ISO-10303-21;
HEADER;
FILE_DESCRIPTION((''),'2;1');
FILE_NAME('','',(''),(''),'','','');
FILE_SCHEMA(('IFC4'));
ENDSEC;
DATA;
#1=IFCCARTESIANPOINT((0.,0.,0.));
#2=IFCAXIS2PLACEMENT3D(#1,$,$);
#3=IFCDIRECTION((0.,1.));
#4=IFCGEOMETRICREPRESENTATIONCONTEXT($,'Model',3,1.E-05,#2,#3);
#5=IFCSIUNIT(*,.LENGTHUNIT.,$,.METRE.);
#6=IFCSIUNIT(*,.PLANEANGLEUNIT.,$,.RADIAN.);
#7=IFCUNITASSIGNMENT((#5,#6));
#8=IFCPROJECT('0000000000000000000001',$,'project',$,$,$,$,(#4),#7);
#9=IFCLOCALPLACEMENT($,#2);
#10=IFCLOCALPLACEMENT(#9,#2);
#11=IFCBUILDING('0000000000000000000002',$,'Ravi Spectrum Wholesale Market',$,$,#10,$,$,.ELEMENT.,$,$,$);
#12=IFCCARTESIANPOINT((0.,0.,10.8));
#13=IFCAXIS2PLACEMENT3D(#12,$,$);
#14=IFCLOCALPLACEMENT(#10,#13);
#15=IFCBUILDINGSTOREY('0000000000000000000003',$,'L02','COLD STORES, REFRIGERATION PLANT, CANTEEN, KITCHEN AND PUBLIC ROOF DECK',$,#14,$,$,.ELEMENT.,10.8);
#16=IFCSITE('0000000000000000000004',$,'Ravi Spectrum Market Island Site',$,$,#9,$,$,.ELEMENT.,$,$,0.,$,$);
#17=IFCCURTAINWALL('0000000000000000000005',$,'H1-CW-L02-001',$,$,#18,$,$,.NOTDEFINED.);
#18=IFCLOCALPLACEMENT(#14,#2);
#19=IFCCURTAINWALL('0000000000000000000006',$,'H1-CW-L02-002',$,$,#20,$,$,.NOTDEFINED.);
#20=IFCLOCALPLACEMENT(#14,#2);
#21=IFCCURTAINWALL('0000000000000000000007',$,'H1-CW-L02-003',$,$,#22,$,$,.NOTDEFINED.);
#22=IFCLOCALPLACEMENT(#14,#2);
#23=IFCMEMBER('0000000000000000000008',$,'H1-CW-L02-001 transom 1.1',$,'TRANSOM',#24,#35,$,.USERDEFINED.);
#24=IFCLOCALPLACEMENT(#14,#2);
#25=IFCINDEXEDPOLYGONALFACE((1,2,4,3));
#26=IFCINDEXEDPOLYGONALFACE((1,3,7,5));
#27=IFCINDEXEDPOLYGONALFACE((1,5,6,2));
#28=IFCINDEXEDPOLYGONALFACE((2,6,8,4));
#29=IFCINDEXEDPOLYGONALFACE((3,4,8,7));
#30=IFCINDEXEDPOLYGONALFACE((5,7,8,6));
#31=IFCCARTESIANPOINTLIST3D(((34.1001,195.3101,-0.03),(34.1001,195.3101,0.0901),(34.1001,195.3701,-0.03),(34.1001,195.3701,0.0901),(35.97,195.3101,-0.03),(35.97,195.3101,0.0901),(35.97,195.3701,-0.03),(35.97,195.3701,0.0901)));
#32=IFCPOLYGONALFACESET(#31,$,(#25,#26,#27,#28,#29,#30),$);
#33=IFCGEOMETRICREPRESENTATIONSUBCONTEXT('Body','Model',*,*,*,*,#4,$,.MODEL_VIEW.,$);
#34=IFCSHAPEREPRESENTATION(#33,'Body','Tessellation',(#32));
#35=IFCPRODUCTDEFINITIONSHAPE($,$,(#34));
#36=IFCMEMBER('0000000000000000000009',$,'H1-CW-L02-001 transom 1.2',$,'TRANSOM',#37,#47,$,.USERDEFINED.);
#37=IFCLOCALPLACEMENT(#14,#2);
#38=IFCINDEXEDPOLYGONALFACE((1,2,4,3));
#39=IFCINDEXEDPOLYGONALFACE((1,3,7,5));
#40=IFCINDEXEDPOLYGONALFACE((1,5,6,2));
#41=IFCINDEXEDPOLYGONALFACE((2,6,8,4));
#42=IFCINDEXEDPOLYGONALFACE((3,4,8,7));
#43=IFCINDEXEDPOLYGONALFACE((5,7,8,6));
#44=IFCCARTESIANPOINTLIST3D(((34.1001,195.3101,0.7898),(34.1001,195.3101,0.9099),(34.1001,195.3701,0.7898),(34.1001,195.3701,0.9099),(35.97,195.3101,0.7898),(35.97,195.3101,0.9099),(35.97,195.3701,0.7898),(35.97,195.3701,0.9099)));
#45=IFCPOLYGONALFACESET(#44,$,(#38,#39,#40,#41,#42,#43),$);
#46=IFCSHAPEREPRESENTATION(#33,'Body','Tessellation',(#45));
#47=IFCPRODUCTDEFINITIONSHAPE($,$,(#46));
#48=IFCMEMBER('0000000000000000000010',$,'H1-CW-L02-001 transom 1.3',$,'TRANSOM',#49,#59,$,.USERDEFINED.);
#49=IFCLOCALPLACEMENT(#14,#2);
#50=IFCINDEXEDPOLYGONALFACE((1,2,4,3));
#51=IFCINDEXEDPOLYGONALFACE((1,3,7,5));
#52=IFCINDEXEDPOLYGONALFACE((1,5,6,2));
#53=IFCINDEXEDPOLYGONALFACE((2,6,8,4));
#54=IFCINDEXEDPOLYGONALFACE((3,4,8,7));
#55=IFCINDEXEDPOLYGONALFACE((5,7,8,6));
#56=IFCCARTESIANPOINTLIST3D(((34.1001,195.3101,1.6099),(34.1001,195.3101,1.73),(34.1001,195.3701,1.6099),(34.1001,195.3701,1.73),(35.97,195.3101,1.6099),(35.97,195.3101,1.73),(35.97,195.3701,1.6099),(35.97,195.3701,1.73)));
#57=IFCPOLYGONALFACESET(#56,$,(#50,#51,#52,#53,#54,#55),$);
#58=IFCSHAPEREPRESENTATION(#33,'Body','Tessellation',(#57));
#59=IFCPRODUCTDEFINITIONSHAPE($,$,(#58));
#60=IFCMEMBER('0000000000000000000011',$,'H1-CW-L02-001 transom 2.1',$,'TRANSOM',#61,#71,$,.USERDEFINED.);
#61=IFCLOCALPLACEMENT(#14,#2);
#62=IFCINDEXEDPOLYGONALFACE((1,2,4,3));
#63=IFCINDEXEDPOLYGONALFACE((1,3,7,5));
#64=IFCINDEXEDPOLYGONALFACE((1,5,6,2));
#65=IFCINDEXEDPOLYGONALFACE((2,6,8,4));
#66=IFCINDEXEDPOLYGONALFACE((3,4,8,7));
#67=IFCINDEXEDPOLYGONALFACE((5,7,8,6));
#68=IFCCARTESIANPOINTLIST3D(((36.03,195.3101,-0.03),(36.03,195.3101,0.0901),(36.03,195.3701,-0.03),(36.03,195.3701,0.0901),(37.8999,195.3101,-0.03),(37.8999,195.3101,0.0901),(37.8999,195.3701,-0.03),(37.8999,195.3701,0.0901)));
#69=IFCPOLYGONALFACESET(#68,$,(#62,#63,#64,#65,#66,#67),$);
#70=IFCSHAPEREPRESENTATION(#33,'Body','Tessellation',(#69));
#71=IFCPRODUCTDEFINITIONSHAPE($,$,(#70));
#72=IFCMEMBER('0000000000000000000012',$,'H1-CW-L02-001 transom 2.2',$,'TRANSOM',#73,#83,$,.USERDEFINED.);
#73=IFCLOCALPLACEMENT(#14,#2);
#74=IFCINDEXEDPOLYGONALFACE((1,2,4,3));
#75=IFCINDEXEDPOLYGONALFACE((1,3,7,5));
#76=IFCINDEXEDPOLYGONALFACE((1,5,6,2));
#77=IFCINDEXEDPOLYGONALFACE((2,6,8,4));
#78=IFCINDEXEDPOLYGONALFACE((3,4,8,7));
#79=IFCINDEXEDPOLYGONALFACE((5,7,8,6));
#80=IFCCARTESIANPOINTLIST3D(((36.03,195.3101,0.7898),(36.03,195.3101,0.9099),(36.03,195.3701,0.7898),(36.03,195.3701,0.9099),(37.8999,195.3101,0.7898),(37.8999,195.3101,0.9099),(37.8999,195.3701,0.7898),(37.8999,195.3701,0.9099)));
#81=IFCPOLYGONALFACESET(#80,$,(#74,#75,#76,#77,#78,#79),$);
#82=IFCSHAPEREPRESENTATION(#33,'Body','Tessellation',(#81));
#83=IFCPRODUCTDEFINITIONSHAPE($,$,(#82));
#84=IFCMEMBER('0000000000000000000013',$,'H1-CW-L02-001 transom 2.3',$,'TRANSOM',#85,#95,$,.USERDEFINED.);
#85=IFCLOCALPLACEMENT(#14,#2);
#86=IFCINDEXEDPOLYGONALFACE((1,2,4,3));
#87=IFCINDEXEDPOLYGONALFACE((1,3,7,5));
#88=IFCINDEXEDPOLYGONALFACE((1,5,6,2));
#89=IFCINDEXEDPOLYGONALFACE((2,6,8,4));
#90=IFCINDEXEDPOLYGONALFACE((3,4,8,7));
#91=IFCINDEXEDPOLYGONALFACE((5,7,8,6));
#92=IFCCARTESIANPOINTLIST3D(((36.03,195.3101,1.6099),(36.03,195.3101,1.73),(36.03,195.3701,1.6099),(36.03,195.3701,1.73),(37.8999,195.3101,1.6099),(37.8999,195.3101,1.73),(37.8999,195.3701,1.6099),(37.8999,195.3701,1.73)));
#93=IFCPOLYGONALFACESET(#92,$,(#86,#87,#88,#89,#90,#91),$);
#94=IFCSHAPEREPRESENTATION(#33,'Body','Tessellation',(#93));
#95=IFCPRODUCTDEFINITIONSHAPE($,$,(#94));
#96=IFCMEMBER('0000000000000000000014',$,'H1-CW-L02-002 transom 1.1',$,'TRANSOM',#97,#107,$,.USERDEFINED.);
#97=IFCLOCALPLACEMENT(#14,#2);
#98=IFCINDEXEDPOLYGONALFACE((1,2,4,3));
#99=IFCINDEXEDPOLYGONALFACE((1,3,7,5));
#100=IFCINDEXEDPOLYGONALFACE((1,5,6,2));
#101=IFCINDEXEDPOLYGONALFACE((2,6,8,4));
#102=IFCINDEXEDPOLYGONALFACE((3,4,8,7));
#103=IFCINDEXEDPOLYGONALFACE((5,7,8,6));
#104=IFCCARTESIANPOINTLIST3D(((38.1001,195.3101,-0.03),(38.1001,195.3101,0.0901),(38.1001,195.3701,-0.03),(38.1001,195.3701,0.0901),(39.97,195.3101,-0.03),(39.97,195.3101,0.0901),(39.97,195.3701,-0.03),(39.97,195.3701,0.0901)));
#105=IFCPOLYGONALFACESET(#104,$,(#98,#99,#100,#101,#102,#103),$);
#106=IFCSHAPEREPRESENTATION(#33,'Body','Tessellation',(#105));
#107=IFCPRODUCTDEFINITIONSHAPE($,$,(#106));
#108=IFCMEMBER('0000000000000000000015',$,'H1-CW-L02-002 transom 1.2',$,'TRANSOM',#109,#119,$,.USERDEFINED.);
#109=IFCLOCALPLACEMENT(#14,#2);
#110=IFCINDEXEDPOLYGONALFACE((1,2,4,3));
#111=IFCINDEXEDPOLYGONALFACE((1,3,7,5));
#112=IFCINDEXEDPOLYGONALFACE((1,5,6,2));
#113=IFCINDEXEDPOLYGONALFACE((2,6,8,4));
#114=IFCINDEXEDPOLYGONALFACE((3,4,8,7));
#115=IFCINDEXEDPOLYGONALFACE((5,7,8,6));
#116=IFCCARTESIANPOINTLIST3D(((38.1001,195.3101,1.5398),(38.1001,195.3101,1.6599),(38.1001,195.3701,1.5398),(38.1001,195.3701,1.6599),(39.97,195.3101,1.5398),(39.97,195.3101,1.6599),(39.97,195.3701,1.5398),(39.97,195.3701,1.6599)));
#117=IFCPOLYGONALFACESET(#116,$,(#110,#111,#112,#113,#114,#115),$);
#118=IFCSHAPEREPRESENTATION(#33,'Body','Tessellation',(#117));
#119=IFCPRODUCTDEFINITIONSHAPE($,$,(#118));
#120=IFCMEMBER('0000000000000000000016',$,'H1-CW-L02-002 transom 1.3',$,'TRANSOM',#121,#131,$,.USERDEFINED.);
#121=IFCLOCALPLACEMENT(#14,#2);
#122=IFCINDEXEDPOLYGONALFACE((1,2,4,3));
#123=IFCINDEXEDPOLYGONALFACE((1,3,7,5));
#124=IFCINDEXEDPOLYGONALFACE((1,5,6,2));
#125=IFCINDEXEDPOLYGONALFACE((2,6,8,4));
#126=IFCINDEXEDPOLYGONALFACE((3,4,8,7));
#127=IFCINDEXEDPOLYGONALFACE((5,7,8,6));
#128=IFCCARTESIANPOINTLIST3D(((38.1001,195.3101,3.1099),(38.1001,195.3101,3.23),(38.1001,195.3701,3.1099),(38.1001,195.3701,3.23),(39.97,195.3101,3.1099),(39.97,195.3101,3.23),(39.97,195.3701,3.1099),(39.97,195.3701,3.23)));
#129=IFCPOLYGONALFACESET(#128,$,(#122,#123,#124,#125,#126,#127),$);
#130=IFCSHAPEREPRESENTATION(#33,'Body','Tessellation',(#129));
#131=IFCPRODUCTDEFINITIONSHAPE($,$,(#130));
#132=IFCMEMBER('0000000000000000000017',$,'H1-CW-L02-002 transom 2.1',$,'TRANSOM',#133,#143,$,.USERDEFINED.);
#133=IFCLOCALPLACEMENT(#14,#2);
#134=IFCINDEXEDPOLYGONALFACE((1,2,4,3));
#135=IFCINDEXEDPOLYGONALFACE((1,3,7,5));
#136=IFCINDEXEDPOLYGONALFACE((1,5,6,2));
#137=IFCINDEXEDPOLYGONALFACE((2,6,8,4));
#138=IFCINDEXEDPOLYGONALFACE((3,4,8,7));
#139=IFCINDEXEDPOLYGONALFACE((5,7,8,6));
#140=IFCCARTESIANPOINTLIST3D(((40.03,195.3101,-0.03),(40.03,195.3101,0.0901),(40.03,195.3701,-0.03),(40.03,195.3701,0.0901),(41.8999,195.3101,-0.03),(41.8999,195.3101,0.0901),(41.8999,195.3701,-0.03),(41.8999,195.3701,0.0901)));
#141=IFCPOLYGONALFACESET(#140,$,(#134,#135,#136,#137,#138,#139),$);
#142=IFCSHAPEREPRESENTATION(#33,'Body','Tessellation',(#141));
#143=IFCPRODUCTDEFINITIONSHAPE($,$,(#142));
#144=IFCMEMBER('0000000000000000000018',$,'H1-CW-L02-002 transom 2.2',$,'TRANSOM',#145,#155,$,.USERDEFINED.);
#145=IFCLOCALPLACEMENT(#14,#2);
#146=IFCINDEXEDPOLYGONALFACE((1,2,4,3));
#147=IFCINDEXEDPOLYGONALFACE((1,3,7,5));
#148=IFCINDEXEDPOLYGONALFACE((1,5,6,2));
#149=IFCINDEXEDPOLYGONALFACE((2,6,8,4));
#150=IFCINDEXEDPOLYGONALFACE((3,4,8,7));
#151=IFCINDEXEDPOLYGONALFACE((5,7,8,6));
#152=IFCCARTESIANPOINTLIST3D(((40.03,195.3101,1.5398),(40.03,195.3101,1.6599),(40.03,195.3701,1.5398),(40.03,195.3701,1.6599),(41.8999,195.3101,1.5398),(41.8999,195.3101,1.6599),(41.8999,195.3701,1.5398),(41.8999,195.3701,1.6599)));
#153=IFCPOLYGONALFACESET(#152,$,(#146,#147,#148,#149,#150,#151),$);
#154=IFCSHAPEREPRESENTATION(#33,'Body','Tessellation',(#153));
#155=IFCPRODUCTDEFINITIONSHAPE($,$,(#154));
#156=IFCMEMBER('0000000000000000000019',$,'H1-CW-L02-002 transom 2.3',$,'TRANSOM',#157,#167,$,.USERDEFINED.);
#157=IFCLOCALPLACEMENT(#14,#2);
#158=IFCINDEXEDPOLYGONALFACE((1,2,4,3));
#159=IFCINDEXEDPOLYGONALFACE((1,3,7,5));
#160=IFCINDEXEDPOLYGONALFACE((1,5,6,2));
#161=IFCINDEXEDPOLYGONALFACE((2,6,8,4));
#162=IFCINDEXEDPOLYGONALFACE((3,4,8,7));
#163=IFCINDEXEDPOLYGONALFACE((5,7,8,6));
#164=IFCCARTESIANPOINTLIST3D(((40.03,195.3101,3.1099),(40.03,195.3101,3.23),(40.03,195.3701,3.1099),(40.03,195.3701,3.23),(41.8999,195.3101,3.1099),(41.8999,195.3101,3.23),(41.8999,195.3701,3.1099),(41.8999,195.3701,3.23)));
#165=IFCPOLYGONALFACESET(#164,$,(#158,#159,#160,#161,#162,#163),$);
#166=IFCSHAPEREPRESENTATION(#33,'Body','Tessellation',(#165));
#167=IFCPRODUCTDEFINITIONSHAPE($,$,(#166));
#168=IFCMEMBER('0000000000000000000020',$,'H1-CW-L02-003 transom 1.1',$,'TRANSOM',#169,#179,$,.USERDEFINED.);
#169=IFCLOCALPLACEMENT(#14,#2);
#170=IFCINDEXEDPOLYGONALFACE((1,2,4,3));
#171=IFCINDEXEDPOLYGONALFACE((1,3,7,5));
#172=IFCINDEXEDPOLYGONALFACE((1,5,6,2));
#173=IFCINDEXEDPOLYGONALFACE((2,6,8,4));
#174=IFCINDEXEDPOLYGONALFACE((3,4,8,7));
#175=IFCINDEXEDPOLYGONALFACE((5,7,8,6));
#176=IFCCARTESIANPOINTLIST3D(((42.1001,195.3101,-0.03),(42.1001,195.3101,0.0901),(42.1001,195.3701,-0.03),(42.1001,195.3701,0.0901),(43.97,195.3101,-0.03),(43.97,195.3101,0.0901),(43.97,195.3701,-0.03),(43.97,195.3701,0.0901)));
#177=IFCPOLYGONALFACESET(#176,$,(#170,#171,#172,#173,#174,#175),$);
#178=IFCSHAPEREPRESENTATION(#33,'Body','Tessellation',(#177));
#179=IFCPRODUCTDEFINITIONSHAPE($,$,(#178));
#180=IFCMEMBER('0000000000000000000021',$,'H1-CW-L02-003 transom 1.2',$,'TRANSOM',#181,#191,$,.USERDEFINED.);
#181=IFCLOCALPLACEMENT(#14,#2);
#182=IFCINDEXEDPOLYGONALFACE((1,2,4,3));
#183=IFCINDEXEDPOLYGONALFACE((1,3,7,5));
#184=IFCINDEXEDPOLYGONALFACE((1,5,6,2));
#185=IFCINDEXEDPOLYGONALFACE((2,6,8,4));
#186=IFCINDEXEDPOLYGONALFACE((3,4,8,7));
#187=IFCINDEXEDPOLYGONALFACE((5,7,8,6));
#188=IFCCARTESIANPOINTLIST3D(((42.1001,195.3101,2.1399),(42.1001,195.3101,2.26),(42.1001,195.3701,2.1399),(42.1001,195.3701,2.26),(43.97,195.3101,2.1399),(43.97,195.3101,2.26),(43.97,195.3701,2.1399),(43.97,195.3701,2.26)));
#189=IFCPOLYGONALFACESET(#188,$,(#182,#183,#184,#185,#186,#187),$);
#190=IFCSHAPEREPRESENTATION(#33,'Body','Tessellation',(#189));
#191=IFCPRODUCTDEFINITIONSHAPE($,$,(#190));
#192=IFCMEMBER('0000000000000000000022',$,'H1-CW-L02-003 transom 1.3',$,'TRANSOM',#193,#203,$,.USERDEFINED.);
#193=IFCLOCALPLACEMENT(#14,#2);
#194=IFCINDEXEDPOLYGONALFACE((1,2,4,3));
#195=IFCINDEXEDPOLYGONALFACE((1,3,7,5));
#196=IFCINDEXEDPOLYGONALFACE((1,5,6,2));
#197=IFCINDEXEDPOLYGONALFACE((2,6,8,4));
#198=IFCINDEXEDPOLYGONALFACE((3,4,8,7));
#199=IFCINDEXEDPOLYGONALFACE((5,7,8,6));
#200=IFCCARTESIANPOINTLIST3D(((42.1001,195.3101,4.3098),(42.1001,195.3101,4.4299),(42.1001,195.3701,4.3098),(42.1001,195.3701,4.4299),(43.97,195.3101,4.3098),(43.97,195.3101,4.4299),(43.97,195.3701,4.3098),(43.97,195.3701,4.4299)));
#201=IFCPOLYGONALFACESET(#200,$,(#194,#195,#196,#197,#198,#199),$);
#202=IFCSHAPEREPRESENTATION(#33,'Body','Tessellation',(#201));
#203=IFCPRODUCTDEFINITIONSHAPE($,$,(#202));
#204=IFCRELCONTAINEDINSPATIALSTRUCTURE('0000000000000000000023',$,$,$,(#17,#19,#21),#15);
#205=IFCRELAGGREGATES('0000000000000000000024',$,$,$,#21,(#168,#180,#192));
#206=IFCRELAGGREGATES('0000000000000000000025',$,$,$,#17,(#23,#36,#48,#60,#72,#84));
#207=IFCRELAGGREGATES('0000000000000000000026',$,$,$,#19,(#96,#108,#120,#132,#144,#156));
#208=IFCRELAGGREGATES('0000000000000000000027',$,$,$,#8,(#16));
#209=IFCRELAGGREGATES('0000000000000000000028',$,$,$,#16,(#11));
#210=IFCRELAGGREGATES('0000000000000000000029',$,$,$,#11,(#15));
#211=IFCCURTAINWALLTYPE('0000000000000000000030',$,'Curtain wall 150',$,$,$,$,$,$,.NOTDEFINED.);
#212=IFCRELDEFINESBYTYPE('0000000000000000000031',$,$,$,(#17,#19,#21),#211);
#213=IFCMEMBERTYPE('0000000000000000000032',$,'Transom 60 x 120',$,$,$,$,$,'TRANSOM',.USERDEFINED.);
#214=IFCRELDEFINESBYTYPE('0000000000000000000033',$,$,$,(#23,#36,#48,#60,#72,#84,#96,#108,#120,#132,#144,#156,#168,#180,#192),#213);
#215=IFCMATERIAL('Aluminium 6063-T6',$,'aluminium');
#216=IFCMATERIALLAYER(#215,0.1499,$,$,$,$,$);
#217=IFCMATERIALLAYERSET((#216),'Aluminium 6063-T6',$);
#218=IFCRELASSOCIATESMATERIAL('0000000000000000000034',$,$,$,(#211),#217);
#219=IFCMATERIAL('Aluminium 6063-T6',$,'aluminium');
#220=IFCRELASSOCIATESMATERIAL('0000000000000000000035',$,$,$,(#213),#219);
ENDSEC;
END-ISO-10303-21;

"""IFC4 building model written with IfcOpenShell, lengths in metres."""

from ifc_helpers import new_model, si_unit, direction, frame, origin, origin_2d, place, context, subcontext, project, spatial, rectangle, extrude, material, layer, layer_set, material_profile, profile_set, type_object, element, aggregate, save


model = new_model("IFC4")

# Units and contexts
model_context = context("Model", 3, precision=1e-05, world=origin(), true_north=direction((0.0, 1.0)))
body_context = subcontext(model_context, "Body", "Model", "MODEL_VIEW")
ifc_project = project(units=[si_unit("LENGTHUNIT", "METRE"), si_unit("PLANEANGLEUNIT", "RADIAN")], contexts=[model_context])

# Site, building, storey
site_placement = place(None, origin())
site = spatial("IfcSite", under=ifc_project, at=site_placement, Name="Ravi Spectrum Market Island Site", CompositionType="ELEMENT", RefElevation=0.0)
building_placement = place(site_placement, origin())
building = spatial("IfcBuilding", under=site, at=building_placement, Name="Ravi Spectrum Wholesale Market", CompositionType="ELEMENT")
storey_placement = place(building_placement, frame((0.0, 0.0, 10.8)))
storey = spatial("IfcBuildingStorey", under=building, at=storey_placement, Name="L02", Description="COLD STORES, REFRIGERATION PLANT, CANTEEN, KITCHEN AND PUBLIC ROOF DECK", CompositionType="ELEMENT", Elevation=10.8)

# Curtain walls
ifc_material_1 = material(Name="Aluminium 6063-T6", Category="aluminium")
ifc_layer_1 = layer(ifc_material_1, 0.1499)
ifc_layer_set_1 = layer_set([ifc_layer_1], Name="Aluminium 6063-T6")
curtain_wall_type = type_object("IfcCurtainWallType", Name="Curtain wall 150", PredefinedType="NOTDEFINED", material=ifc_layer_set_1)
curtain_wall_1_placement = place(storey_placement, origin())
curtain_wall_1 = element("IfcCurtainWall", 1, at=curtain_wall_1_placement, inside=storey, type_object=curtain_wall_type, Name="H1-CW-L02-001", PredefinedType="NOTDEFINED")
curtain_wall_2_placement = place(storey_placement, origin())
curtain_wall_2 = element("IfcCurtainWall", 2, at=curtain_wall_2_placement, inside=storey, type_object=curtain_wall_type, Name="H1-CW-L02-002", PredefinedType="NOTDEFINED")

# Curtain wall
curtain_wall_3_placement = place(storey_placement, origin())
curtain_wall_3 = element("IfcCurtainWall", 3, at=curtain_wall_3_placement, inside=storey, type_object=curtain_wall_type, Name="H1-CW-L02-003", PredefinedType="NOTDEFINED")

# Members
ifc_material_2 = material(Name="Aluminium 6063-T6", Category="aluminium")
ifc_material_profile_1 = material_profile(ifc_material_2, rectangle(XDim=0.0601, YDim=0.1201, at=origin_2d()))
ifc_profile_set_1 = profile_set([ifc_material_profile_1], Name="Aluminium 6063-T6")
member_type_1 = type_object("IfcMemberType", Name="Transom 60 x 120", ElementType="TRANSOM", PredefinedType="USERDEFINED", material=ifc_profile_set_1)
member_1_placement = place(storey_placement, frame((34.1001, 195.3401, 0.03), z_axis=(1.0, 0.0, 0.0), x_axis=(0.0, 1.0, 0.0)))
member_1 = element("IfcMember", 4, at=member_1_placement, type_object=member_type_1, Name="H1-CW-L02-001 transom 1.1", ObjectType="TRANSOM", PredefinedType="USERDEFINED", context=body_context, shape_type="SweptSolid", body=[
    extrude(rectangle(XDim=0.0601, YDim=0.1201, at=origin_2d()), origin(), (0.0, 0.0, 1.0), 1.8699),
])
member_2_placement = place(storey_placement, frame((34.1001, 195.3401, 0.8499), z_axis=(1.0, 0.0, 0.0), x_axis=(0.0, 1.0, 0.0)))
member_2 = element("IfcMember", 5, at=member_2_placement, type_object=member_type_1, Name="H1-CW-L02-001 transom 1.2", ObjectType="TRANSOM", PredefinedType="USERDEFINED", context=body_context, shape_type="SweptSolid", body=[
    extrude(rectangle(XDim=0.0601, YDim=0.1201, at=origin_2d()), origin(), (0.0, 0.0, 1.0), 1.8699),
])
member_3_placement = place(storey_placement, frame((34.1001, 195.3401, 1.6699), z_axis=(1.0, 0.0, 0.0), x_axis=(0.0, 1.0, 0.0)))
member_3 = element("IfcMember", 6, at=member_3_placement, type_object=member_type_1, Name="H1-CW-L02-001 transom 1.3", ObjectType="TRANSOM", PredefinedType="USERDEFINED", context=body_context, shape_type="SweptSolid", body=[
    extrude(rectangle(XDim=0.0601, YDim=0.1201, at=origin_2d()), origin(), (0.0, 0.0, 1.0), 1.8699),
])
member_4_placement = place(storey_placement, frame((36.03, 195.3401, 0.03), z_axis=(1.0, 0.0, 0.0), x_axis=(0.0, 1.0, 0.0)))
member_4 = element("IfcMember", 7, at=member_4_placement, type_object=member_type_1, Name="H1-CW-L02-001 transom 2.1", ObjectType="TRANSOM", PredefinedType="USERDEFINED", context=body_context, shape_type="SweptSolid", body=[
    extrude(rectangle(XDim=0.0601, YDim=0.1201, at=origin_2d()), origin(), (0.0, 0.0, 1.0), 1.8699),
])
member_5_placement = place(storey_placement, frame((36.03, 195.3401, 0.8499), z_axis=(1.0, 0.0, 0.0), x_axis=(0.0, 1.0, 0.0)))
member_5 = element("IfcMember", 8, at=member_5_placement, type_object=member_type_1, Name="H1-CW-L02-001 transom 2.2", ObjectType="TRANSOM", PredefinedType="USERDEFINED", context=body_context, shape_type="SweptSolid", body=[
    extrude(rectangle(XDim=0.0601, YDim=0.1201, at=origin_2d()), origin(), (0.0, 0.0, 1.0), 1.8699),
])
member_6_placement = place(storey_placement, frame((36.03, 195.3401, 1.6699), z_axis=(1.0, 0.0, 0.0), x_axis=(0.0, 1.0, 0.0)))
member_6 = element("IfcMember", 9, at=member_6_placement, type_object=member_type_1, Name="H1-CW-L02-001 transom 2.3", ObjectType="TRANSOM", PredefinedType="USERDEFINED", context=body_context, shape_type="SweptSolid", body=[
    extrude(rectangle(XDim=0.0601, YDim=0.1201, at=origin_2d()), origin(), (0.0, 0.0, 1.0), 1.8699),
])
member_7_placement = place(storey_placement, frame((38.1001, 195.3401, 0.03), z_axis=(1.0, 0.0, 0.0), x_axis=(0.0, 1.0, 0.0)))
member_7 = element("IfcMember", 10, at=member_7_placement, type_object=member_type_1, Name="H1-CW-L02-002 transom 1.1", ObjectType="TRANSOM", PredefinedType="USERDEFINED", context=body_context, shape_type="SweptSolid", body=[
    extrude(rectangle(XDim=0.0601, YDim=0.1201, at=origin_2d()), origin(), (0.0, 0.0, 1.0), 1.8699),
])
member_8_placement = place(storey_placement, frame((38.1001, 195.3401, 1.5999), z_axis=(1.0, 0.0, 0.0), x_axis=(0.0, 1.0, 0.0)))
member_8 = element("IfcMember", 11, at=member_8_placement, type_object=member_type_1, Name="H1-CW-L02-002 transom 1.2", ObjectType="TRANSOM", PredefinedType="USERDEFINED", context=body_context, shape_type="SweptSolid", body=[
    extrude(rectangle(XDim=0.0601, YDim=0.1201, at=origin_2d()), origin(), (0.0, 0.0, 1.0), 1.8699),
])
member_9_placement = place(storey_placement, frame((38.1001, 195.3401, 3.1699), z_axis=(1.0, 0.0, 0.0), x_axis=(0.0, 1.0, 0.0)))
member_9 = element("IfcMember", 12, at=member_9_placement, type_object=member_type_1, Name="H1-CW-L02-002 transom 1.3", ObjectType="TRANSOM", PredefinedType="USERDEFINED", context=body_context, shape_type="SweptSolid", body=[
    extrude(rectangle(XDim=0.0601, YDim=0.1201, at=origin_2d()), origin(), (0.0, 0.0, 1.0), 1.8699),
])
member_10_placement = place(storey_placement, frame((40.03, 195.3401, 0.03), z_axis=(1.0, 0.0, 0.0), x_axis=(0.0, 1.0, 0.0)))
member_10 = element("IfcMember", 13, at=member_10_placement, type_object=member_type_1, Name="H1-CW-L02-002 transom 2.1", ObjectType="TRANSOM", PredefinedType="USERDEFINED", context=body_context, shape_type="SweptSolid", body=[
    extrude(rectangle(XDim=0.0601, YDim=0.1201, at=origin_2d()), origin(), (0.0, 0.0, 1.0), 1.8699),
])
member_11_placement = place(storey_placement, frame((40.03, 195.3401, 1.5999), z_axis=(1.0, 0.0, 0.0), x_axis=(0.0, 1.0, 0.0)))
member_11 = element("IfcMember", 14, at=member_11_placement, type_object=member_type_1, Name="H1-CW-L02-002 transom 2.2", ObjectType="TRANSOM", PredefinedType="USERDEFINED", context=body_context, shape_type="SweptSolid", body=[
    extrude(rectangle(XDim=0.0601, YDim=0.1201, at=origin_2d()), origin(), (0.0, 0.0, 1.0), 1.8699),
])
member_12_placement = place(storey_placement, frame((40.03, 195.3401, 3.1699), z_axis=(1.0, 0.0, 0.0), x_axis=(0.0, 1.0, 0.0)))
member_12 = element("IfcMember", 15, at=member_12_placement, type_object=member_type_1, Name="H1-CW-L02-002 transom 2.3", ObjectType="TRANSOM", PredefinedType="USERDEFINED", context=body_context, shape_type="SweptSolid", body=[
    extrude(rectangle(XDim=0.0601, YDim=0.1201, at=origin_2d()), origin(), (0.0, 0.0, 1.0), 1.8699),
])
member_13_placement = place(storey_placement, frame((42.1001, 195.3401, 0.03), z_axis=(1.0, 0.0, 0.0), x_axis=(0.0, 1.0, 0.0)))
member_13 = element("IfcMember", 16, at=member_13_placement, type_object=member_type_1, Name="H1-CW-L02-003 transom 1.1", ObjectType="TRANSOM", PredefinedType="USERDEFINED", context=body_context, shape_type="SweptSolid", body=[
    extrude(rectangle(XDim=0.0601, YDim=0.1201, at=origin_2d()), origin(), (0.0, 0.0, 1.0), 1.8699),
])
member_14_placement = place(storey_placement, frame((42.1001, 195.3401, 2.2), z_axis=(1.0, 0.0, 0.0), x_axis=(0.0, 1.0, 0.0)))
member_14 = element("IfcMember", 17, at=member_14_placement, type_object=member_type_1, Name="H1-CW-L02-003 transom 1.2", ObjectType="TRANSOM", PredefinedType="USERDEFINED", context=body_context, shape_type="SweptSolid", body=[
    extrude(rectangle(XDim=0.0601, YDim=0.1201, at=origin_2d()), origin(), (0.0, 0.0, 1.0), 1.8699),
])
member_15_placement = place(storey_placement, frame((42.1001, 195.3401, 4.3699), z_axis=(1.0, 0.0, 0.0), x_axis=(0.0, 1.0, 0.0)))
member_15 = element("IfcMember", 18, at=member_15_placement, type_object=member_type_1, Name="H1-CW-L02-003 transom 1.3", ObjectType="TRANSOM", PredefinedType="USERDEFINED", context=body_context, shape_type="SweptSolid", body=[
    extrude(rectangle(XDim=0.0601, YDim=0.1201, at=origin_2d()), origin(), (0.0, 0.0, 1.0), 1.8699),
])
aggregate(curtain_wall_3, [member_13, member_14, member_15])

aggregate(curtain_wall_1, [member_1, member_2, member_3, member_4, member_5, member_6])
aggregate(curtain_wall_2, [member_7, member_8, member_9, member_10, member_11, member_12])

save(model, "model.ifc")
